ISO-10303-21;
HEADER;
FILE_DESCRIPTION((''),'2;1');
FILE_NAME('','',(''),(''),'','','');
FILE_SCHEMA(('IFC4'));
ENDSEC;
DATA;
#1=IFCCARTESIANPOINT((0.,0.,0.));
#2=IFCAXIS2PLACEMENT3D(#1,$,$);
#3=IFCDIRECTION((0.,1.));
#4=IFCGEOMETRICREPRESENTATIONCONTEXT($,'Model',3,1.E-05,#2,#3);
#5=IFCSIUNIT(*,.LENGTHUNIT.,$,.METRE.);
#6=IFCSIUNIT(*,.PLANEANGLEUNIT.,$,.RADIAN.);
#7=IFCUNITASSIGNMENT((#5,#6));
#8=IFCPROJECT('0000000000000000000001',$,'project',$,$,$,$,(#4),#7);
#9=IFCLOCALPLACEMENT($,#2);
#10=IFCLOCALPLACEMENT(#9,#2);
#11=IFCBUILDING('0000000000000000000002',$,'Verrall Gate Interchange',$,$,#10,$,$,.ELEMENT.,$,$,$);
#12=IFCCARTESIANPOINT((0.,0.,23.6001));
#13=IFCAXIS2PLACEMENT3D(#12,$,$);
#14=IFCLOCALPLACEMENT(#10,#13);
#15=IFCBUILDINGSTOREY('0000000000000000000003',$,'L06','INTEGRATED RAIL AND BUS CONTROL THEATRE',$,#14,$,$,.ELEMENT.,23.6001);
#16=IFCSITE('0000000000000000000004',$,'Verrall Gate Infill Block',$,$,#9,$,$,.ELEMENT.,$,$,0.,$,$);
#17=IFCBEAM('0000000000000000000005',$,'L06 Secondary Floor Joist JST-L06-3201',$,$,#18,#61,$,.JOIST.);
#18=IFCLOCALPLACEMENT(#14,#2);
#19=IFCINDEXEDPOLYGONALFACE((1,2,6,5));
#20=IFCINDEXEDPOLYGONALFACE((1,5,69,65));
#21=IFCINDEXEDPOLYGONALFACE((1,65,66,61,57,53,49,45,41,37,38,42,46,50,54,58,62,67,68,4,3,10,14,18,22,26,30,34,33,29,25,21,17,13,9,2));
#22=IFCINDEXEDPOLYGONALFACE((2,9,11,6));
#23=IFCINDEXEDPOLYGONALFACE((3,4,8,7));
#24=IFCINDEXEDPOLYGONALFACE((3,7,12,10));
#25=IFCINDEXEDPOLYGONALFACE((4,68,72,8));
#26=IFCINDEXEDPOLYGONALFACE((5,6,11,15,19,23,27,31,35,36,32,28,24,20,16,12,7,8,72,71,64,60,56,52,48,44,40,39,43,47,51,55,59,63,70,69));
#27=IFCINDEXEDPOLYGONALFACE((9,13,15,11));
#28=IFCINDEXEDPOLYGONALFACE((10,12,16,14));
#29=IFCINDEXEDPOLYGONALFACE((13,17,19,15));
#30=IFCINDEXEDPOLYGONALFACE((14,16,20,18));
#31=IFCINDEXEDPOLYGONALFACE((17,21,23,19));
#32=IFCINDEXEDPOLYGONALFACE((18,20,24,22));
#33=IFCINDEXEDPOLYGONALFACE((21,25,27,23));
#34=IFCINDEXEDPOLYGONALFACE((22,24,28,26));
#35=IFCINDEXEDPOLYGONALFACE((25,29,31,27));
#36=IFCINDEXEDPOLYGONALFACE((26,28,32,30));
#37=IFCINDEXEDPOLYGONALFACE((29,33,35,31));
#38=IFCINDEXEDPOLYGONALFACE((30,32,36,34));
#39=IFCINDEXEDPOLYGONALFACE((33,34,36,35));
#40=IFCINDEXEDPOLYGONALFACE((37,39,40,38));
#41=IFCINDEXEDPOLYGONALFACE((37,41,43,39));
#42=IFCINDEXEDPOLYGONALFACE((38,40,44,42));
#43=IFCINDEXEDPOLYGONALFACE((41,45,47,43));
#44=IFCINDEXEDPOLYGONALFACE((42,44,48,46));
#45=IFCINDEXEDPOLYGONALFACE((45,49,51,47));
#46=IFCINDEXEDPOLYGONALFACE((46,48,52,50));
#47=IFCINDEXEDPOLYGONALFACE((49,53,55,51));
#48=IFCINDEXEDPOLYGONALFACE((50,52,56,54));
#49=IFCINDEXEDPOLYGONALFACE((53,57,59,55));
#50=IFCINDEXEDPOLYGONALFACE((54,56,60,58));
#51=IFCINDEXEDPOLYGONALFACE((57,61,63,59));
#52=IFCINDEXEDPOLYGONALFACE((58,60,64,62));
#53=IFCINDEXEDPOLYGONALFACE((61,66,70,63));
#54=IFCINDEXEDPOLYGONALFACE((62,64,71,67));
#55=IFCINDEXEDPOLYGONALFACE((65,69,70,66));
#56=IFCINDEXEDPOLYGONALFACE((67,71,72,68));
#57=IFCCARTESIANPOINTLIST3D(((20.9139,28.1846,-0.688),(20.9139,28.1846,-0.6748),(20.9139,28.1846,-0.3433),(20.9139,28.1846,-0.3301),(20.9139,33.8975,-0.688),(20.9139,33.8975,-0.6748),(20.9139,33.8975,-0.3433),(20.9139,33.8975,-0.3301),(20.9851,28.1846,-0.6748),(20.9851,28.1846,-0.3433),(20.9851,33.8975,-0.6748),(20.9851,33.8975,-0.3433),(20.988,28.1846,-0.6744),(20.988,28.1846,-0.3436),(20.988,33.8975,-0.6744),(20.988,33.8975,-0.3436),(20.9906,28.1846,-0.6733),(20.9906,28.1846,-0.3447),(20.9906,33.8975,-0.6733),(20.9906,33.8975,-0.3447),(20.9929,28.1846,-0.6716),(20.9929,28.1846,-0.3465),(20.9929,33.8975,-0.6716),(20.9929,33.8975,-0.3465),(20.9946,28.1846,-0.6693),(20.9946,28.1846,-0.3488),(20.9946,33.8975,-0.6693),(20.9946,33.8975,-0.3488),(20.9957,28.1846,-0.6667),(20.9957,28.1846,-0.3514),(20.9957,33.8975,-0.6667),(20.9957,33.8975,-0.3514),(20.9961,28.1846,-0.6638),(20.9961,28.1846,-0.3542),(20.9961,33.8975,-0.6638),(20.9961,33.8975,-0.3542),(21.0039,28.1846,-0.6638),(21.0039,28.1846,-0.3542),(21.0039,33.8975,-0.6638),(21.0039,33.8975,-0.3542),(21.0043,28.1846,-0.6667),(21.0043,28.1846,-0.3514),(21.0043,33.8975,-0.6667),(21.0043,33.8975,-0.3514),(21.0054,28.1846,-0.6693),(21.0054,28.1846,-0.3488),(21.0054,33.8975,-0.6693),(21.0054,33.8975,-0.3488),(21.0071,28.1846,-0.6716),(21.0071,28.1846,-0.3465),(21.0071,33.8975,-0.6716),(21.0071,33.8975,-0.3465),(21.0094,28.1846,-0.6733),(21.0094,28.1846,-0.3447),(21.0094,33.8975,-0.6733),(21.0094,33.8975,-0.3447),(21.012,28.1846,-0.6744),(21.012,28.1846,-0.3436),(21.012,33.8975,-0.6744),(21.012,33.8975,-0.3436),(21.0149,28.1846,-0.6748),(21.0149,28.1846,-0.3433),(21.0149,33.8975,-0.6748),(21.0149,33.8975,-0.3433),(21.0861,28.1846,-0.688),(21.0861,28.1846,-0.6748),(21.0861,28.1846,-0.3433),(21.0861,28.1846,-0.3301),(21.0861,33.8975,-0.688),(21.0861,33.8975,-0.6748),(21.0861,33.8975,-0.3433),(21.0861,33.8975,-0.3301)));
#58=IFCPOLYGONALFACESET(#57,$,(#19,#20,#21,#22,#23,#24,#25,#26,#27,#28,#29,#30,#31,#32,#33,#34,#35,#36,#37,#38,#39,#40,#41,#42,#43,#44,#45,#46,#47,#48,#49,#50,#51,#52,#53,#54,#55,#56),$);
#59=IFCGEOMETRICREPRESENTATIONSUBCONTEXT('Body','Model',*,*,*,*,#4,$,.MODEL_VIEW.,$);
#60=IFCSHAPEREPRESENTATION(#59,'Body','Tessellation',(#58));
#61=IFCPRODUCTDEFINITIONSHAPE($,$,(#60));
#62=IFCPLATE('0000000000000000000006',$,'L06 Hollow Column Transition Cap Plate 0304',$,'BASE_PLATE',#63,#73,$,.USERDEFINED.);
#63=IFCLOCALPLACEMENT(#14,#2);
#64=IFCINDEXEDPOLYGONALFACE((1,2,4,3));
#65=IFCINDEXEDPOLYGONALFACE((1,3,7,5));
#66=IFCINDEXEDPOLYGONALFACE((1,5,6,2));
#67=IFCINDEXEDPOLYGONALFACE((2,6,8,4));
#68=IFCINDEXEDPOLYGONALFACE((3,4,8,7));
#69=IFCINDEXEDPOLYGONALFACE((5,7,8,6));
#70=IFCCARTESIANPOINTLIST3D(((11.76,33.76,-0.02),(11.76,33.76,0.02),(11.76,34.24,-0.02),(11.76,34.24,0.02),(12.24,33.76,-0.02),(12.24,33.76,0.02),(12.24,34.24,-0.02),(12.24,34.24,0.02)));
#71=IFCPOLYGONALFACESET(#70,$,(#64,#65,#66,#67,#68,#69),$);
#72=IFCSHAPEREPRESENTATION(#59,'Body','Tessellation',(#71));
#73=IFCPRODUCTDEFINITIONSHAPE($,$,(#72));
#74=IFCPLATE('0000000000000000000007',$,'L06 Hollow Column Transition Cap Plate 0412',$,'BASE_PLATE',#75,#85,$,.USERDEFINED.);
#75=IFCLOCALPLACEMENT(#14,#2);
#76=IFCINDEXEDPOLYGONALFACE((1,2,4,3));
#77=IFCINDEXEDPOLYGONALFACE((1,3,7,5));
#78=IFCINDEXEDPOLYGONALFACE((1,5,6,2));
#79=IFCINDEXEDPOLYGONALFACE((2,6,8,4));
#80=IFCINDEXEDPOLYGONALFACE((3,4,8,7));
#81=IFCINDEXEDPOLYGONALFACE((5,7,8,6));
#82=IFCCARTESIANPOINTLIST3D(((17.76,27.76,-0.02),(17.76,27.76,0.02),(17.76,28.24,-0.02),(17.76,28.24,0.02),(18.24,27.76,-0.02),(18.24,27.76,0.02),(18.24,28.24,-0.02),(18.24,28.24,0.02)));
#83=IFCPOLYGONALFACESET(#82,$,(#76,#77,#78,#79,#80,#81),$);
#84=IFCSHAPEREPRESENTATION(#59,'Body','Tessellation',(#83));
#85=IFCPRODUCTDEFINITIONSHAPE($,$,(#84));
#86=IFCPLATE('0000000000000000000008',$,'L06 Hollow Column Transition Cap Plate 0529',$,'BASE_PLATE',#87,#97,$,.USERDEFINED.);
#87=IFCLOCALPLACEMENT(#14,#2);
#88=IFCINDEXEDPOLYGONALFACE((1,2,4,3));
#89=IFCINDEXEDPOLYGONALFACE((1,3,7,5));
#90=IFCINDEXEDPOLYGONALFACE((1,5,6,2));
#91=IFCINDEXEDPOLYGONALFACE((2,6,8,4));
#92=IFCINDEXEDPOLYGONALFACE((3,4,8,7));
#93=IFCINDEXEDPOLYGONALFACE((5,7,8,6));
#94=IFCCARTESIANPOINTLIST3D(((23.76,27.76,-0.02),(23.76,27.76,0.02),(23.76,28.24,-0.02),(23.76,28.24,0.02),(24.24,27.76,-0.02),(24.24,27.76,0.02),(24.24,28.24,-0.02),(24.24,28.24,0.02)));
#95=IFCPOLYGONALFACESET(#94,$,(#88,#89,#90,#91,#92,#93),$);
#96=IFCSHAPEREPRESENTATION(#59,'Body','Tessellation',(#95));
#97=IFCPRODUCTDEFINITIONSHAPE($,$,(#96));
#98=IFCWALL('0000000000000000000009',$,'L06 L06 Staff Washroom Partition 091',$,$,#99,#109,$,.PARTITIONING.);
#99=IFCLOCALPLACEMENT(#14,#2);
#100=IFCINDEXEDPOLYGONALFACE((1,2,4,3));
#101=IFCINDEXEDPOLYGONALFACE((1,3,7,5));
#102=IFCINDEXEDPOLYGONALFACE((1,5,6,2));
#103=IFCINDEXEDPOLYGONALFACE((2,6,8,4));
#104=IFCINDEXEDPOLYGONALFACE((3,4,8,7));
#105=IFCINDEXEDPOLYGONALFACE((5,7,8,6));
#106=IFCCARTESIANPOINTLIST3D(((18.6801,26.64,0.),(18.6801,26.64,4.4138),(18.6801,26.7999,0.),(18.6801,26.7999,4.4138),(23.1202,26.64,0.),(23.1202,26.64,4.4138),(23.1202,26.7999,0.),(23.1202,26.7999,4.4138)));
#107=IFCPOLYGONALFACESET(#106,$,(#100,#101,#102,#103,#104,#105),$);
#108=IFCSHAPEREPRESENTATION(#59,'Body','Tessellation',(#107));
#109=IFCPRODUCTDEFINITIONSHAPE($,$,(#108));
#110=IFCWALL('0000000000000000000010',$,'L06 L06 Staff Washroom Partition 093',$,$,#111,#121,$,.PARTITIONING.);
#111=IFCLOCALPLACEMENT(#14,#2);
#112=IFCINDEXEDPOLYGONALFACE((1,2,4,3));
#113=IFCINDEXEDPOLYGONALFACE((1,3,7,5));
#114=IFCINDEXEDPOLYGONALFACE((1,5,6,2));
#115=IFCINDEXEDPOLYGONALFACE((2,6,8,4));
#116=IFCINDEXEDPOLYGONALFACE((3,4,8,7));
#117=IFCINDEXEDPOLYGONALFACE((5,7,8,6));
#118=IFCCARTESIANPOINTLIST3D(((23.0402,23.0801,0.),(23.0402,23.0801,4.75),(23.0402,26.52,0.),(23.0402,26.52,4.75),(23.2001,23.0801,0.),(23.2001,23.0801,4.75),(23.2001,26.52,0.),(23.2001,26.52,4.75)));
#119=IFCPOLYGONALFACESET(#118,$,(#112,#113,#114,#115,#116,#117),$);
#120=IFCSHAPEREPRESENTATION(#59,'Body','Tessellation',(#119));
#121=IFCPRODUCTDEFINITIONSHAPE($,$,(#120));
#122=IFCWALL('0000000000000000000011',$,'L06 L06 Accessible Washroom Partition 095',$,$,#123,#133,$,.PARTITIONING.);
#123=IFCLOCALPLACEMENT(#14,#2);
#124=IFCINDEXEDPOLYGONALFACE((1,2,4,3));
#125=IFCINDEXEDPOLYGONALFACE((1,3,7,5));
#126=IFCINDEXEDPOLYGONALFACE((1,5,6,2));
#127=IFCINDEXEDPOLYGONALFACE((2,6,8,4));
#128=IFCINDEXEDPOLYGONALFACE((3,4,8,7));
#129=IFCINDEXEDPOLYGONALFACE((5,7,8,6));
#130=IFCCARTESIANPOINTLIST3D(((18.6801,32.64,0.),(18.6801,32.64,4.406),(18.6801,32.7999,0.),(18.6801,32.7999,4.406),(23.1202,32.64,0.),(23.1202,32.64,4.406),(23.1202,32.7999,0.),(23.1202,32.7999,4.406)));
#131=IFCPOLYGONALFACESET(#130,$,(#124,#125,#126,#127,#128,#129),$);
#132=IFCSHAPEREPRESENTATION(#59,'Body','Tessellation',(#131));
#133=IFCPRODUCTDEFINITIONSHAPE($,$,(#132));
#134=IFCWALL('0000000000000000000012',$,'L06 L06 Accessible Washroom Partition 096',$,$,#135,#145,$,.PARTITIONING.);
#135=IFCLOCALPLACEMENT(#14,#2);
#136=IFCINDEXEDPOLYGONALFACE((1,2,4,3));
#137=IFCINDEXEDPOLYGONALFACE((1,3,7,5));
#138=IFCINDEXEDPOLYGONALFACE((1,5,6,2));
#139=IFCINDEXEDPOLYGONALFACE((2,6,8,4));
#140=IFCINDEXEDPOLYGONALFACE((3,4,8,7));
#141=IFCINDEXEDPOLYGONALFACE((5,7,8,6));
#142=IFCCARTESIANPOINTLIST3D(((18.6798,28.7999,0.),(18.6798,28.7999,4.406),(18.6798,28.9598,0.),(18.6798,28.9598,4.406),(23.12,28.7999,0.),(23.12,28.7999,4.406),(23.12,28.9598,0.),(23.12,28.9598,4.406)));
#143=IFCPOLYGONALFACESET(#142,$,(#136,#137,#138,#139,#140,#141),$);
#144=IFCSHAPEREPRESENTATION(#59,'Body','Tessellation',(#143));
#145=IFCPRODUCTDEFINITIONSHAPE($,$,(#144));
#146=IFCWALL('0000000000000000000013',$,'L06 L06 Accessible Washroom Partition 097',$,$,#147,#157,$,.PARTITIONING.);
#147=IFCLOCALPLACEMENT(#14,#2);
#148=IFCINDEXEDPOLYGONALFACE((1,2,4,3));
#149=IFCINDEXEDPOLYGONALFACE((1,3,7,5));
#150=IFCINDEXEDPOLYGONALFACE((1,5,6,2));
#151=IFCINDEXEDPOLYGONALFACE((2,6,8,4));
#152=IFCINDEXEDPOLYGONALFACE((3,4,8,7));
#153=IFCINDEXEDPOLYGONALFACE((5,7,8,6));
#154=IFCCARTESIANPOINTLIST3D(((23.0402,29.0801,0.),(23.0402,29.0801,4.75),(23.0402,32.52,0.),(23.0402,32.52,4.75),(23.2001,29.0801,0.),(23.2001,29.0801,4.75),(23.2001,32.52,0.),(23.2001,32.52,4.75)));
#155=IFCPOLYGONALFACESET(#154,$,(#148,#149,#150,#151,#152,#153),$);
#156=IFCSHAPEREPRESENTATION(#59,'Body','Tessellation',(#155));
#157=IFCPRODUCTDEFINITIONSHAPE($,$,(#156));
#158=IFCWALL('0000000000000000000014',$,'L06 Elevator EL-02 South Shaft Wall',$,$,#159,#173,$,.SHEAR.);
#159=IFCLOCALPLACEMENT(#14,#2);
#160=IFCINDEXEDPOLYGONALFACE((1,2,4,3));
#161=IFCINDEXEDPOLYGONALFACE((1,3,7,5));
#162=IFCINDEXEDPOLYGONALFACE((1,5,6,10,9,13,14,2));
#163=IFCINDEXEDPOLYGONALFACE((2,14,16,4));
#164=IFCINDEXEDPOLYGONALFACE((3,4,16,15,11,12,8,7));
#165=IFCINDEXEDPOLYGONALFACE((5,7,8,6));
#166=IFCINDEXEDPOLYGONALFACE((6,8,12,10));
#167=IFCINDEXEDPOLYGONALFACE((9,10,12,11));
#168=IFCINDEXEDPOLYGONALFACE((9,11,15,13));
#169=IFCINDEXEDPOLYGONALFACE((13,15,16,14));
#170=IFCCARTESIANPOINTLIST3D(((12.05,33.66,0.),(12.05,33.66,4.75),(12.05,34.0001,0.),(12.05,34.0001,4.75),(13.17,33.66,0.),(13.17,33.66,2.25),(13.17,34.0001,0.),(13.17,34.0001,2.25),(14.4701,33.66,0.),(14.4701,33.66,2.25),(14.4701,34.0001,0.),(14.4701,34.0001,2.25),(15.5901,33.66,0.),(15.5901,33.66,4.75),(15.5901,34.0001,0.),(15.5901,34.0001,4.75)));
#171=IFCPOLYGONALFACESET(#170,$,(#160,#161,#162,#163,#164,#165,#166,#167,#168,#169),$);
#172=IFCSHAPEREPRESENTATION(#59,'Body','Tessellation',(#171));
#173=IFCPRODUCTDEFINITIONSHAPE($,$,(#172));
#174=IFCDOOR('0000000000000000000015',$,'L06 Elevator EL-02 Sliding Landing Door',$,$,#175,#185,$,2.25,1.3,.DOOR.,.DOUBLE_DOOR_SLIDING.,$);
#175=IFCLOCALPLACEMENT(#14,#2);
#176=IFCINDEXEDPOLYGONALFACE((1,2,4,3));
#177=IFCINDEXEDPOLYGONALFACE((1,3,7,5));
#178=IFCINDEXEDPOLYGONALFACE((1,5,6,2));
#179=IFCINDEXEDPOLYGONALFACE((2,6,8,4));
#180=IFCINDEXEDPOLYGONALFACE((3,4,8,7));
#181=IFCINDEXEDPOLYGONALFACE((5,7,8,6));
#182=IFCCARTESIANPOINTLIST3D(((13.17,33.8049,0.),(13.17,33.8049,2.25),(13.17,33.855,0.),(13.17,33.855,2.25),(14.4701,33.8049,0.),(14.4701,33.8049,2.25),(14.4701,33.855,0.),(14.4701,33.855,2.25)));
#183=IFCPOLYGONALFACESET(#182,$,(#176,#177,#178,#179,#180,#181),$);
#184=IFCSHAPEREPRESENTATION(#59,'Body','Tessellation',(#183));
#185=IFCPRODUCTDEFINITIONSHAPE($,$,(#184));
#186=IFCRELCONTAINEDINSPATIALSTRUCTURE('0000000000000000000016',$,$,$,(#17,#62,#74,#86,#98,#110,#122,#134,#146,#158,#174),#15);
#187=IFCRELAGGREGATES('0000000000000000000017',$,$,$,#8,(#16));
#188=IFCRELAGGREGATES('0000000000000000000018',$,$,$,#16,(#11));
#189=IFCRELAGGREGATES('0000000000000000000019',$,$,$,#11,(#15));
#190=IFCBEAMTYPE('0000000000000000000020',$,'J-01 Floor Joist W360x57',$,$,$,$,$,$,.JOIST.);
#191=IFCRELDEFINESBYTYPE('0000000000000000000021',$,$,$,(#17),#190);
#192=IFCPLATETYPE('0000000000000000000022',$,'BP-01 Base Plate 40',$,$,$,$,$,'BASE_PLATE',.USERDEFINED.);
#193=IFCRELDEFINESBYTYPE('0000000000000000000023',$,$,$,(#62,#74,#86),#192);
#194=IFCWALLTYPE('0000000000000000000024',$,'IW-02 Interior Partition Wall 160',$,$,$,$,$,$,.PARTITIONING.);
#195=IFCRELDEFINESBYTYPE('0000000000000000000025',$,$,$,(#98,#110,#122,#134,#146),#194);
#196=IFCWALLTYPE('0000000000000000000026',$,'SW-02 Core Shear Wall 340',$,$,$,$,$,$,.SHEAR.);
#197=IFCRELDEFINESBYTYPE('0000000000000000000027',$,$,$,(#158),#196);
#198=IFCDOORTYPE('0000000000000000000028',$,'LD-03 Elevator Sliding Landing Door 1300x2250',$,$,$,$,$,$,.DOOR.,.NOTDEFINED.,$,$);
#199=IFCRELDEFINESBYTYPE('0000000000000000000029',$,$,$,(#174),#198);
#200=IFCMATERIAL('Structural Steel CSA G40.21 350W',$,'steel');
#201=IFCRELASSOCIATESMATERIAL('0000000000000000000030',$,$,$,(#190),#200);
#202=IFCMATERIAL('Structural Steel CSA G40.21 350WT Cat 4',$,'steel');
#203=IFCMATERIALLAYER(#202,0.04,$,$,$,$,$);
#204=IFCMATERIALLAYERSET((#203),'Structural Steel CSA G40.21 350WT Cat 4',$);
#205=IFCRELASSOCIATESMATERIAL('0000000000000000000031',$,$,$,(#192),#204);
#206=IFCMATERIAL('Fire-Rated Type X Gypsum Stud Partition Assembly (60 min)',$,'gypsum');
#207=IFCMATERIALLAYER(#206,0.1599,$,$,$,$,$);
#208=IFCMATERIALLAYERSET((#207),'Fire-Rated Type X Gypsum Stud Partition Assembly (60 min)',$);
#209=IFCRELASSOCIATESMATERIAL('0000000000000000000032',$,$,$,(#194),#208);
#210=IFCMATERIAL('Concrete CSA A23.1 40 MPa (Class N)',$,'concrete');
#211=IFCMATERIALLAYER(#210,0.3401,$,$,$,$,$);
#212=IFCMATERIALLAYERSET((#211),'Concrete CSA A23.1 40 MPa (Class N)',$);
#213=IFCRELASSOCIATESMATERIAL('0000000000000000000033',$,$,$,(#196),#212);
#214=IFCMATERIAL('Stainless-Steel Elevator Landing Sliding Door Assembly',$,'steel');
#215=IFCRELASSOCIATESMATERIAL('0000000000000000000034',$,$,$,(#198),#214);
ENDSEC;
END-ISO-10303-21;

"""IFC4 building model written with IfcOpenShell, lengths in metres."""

from ifc_helpers import new_model, si_unit, direction, frame, frame_2d, origin, origin_2d, place, context, subcontext, project, spatial, rectangle, i_section, extrude, material, layer, layer_set, material_profile, profile_set, type_object, element, fill, save


model = new_model("IFC4")

# Units and contexts
model_context = context("Model", 3, precision=1e-05, world=origin(), true_north=direction((0.0, 1.0)))
body_context = subcontext(model_context, "Body", "Model", "MODEL_VIEW")
ifc_project = project(units=[si_unit("LENGTHUNIT", "METRE"), si_unit("PLANEANGLEUNIT", "RADIAN")], contexts=[model_context])

# Site, building, storey
site_placement = place(None, origin())
site = spatial("IfcSite", under=ifc_project, at=site_placement, Name="Verrall Gate Infill Block", CompositionType="ELEMENT", RefElevation=0.0)
building_placement = place(site_placement, origin())
building = spatial("IfcBuilding", under=site, at=building_placement, Name="Verrall Gate Interchange", CompositionType="ELEMENT")
storey_placement = place(building_placement, frame((0.0, 0.0, 23.6001)))
storey = spatial("IfcBuildingStorey", under=building, at=storey_placement, Name="L06", Description="INTEGRATED RAIL AND BUS CONTROL THEATRE", CompositionType="ELEMENT", Elevation=23.6001)

# Beam
ifc_material_1 = material(Name="Structural Steel CSA G40.21 350W", Category="steel")
ifc_material_profile_1 = material_profile(ifc_material_1, i_section(OverallWidth=0.1721, OverallDepth=0.3579, WebThickness=0.0078, FlangeThickness=0.0132, FilletRadius=0.011, at=origin_2d()), Name="W360x57")
ifc_profile_set_1 = profile_set([ifc_material_profile_1], Name="Structural Steel CSA G40.21 350W")
beam_type_1 = type_object("IfcBeamType", Name="J-01 Floor Joist W360x57", PredefinedType="JOIST", material=ifc_profile_set_1)
beam_1_placement = place(storey_placement, frame((21.0, 28.1846, -0.509), z_axis=(0.0, 1.0, 0.0), x_axis=(-1.0, 0.0, 0.0)))
element("IfcBeam", 1, at=beam_1_placement, inside=storey, type_object=beam_type_1, Name="L06 Secondary Floor Joist JST-L06-3201", PredefinedType="JOIST", context=body_context, shape_type="SweptSolid", body=[
    extrude(i_section(OverallWidth=0.1721, OverallDepth=0.3579, WebThickness=0.0078, FlangeThickness=0.0132, FilletRadius=0.011, at=origin_2d()), origin(), (0.0, 0.0, 1.0), 5.7129),
])

# Plates
ifc_material_2 = material(Name="Structural Steel CSA G40.21 350WT Cat 4", Category="steel")
ifc_layer_1 = layer(ifc_material_2, 0.04)
ifc_layer_set_1 = layer_set([ifc_layer_1], Name="Structural Steel CSA G40.21 350WT Cat 4")
plate_type = type_object("IfcPlateType", Name="BP-01 Base Plate 40", ElementType="BASE_PLATE", PredefinedType="USERDEFINED", material=ifc_layer_set_1)
for number, where, z_axis, x_axis, name in (
    (2, (12.0, 34.0, -0.02), (0.0, 0.0, 1.0), (1.0, 0.0, 0.0), "L06 Hollow Column Transition Cap Plate 0304"),
    (3, (18.0, 28.0, -0.02), (0.0, 0.0, 1.0), (1.0, 0.0, 0.0), "L06 Hollow Column Transition Cap Plate 0412"),
    (4, (24.0, 28.0, -0.02), (0.0, 0.0, 1.0), (1.0, 0.0, 0.0), "L06 Hollow Column Transition Cap Plate 0529"),
):
    element("IfcPlate", number, at=place(storey_placement, frame(where, z_axis=z_axis, x_axis=x_axis)), inside=storey, type_object=plate_type, Name=name, ObjectType="BASE_PLATE", PredefinedType="USERDEFINED", context=body_context, shape_type="SweptSolid", body=[
        extrude(rectangle(XDim=0.48, YDim=0.48, at=origin_2d()), origin(), (0.0, 0.0, 1.0), 0.04),
    ])

# Walls
ifc_material_3 = material(Name="Fire-Rated Type X Gypsum Stud Partition Assembly (60 min)", Category="gypsum")
ifc_layer_2 = layer(ifc_material_3, 0.1599)
ifc_layer_set_2 = layer_set([ifc_layer_2], Name="Fire-Rated Type X Gypsum Stud Partition Assembly (60 min)")
wall_type_1 = type_object("IfcWallType", Name="IW-02 Interior Partition Wall 160", PredefinedType="PARTITIONING", material=ifc_layer_set_2)
wall_1_placement = place(storey_placement, frame((18.6799, 26.72, 0.0), z_axis=(0.0, 0.0, 1.0), x_axis=(1.0, 0.0, 0.0)))
element("IfcWall", 5, at=wall_1_placement, inside=storey, type_object=wall_type_1, Name="L06 L06 Staff Washroom Partition 091", PredefinedType="PARTITIONING", context=body_context, shape_type="SweptSolid", body=[
    extrude(rectangle(XDim=4.4402, YDim=0.1599, at=frame_2d((2.2202, 0.0))), origin(), (0.0, 0.0, 1.0), 4.4138),
])
wall_2_placement = place(storey_placement, frame((23.1201, 26.52, 0.0), z_axis=(0.0, 0.0, 1.0), x_axis=(0.0, -1.0, 0.0)))
element("IfcWall", 6, at=wall_2_placement, inside=storey, type_object=wall_type_1, Name="L06 L06 Staff Washroom Partition 093", PredefinedType="PARTITIONING", context=body_context, shape_type="SweptSolid", body=[
    extrude(rectangle(XDim=3.4399, YDim=0.1599, at=frame_2d((1.72, 0.0))), origin(), (0.0, 0.0, 1.0), 4.75),
])

# Walls
for number, where, z_axis, x_axis, name in (
    (7, (18.6799, 32.72, 0.0), (0.0, 0.0, 1.0), (1.0, 0.0, 0.0), "L06 L06 Accessible Washroom Partition 095"),
    (8, (23.1201, 28.8799, 0.0), (0.0, 0.0, 1.0), (-1.0, 0.0, 0.0), "L06 L06 Accessible Washroom Partition 096"),
):
    element("IfcWall", number, at=place(storey_placement, frame(where, z_axis=z_axis, x_axis=x_axis)), inside=storey, type_object=wall_type_1, Name=name, PredefinedType="PARTITIONING", context=body_context, shape_type="SweptSolid", body=[
        extrude(rectangle(XDim=4.4402, YDim=0.1599, at=frame_2d((2.2202, 0.0))), origin(), (0.0, 0.0, 1.0), 4.406),
    ])
wall_3_placement = place(storey_placement, frame((23.1201, 32.52, 0.0), z_axis=(0.0, 0.0, 1.0), x_axis=(0.0, -1.0, 0.0)))
element("IfcWall", 9, at=wall_3_placement, inside=storey, type_object=wall_type_1, Name="L06 L06 Accessible Washroom Partition 097", PredefinedType="PARTITIONING", context=body_context, shape_type="SweptSolid", body=[
    extrude(rectangle(XDim=3.4399, YDim=0.1599, at=frame_2d((1.72, 0.0))), origin(), (0.0, 0.0, 1.0), 4.75),
])

# Wall, opening, door
ifc_material_4 = material(Name="Concrete CSA A23.1 40 MPa (Class N)", Category="concrete")
ifc_layer_3 = layer(ifc_material_4, 0.3401)
ifc_layer_set_3 = layer_set([ifc_layer_3], Name="Concrete CSA A23.1 40 MPa (Class N)")
wall_type_2 = type_object("IfcWallType", Name="SW-02 Core Shear Wall 340", PredefinedType="SHEAR", material=ifc_layer_set_3)
wall_4_placement = place(storey_placement, frame((12.05, 33.8301, 0.0), z_axis=(0.0, 0.0, 1.0), x_axis=(1.0, 0.0, 0.0)))
wall_4 = element("IfcWall", 10, at=wall_4_placement, inside=storey, type_object=wall_type_2, Name="L06 Elevator EL-02 South Shaft Wall", PredefinedType="SHEAR", context=body_context, shape_type="SweptSolid", body=[
    extrude(rectangle(XDim=3.54, YDim=0.3401, at=frame_2d((1.77, 0.0))), origin(), (0.0, 0.0, 1.0), 4.75),
])
opening_1_placement = place(wall_4_placement, frame((1.1201, 0.0, 0.0)))
opening_1 = element("IfcOpeningElement", 11, at=opening_1_placement, cuts=wall_4, PredefinedType="OPENING", context=body_context, shape_type="SweptSolid", body=[
    extrude(rectangle(XDim=1.3, YDim=2.25, at=frame_2d((0.6499, 1.125))), frame((0.0, 0.1851, 0.0), z_axis=(0.0, -1.0, 0.0), x_axis=(1.0, 0.0, 0.0)), (0.0, 0.0, 1.0), 0.3699),
])
ifc_material_5 = material(Name="Stainless-Steel Elevator Landing Sliding Door Assembly", Category="steel")
door_type_1 = type_object("IfcDoorType", Name="LD-03 Elevator Sliding Landing Door 1300x2250", OperationType="NOTDEFINED", PredefinedType="DOOR", material=ifc_material_5)
door_1_placement = place(opening_1_placement, origin())
door_1 = element("IfcDoor", 12, at=door_1_placement, inside=storey, type_object=door_type_1, Name="L06 Elevator EL-02 Sliding Landing Door", OperationType="DOUBLE_DOOR_SLIDING", OverallHeight=2.25, OverallWidth=1.3, PredefinedType="DOOR", context=body_context, shape_type="SweptSolid", body=[
    extrude(rectangle(XDim=1.3, YDim=2.25, at=frame_2d((0.6499, 1.125))), frame((0.0, 0.0249, 0.0), z_axis=(0.0, -1.0, 0.0), x_axis=(1.0, 0.0, 0.0)), (0.0, 0.0, 1.0), 0.05),
])
fill(opening_1, door_1)

save(model, "model.ifc")
